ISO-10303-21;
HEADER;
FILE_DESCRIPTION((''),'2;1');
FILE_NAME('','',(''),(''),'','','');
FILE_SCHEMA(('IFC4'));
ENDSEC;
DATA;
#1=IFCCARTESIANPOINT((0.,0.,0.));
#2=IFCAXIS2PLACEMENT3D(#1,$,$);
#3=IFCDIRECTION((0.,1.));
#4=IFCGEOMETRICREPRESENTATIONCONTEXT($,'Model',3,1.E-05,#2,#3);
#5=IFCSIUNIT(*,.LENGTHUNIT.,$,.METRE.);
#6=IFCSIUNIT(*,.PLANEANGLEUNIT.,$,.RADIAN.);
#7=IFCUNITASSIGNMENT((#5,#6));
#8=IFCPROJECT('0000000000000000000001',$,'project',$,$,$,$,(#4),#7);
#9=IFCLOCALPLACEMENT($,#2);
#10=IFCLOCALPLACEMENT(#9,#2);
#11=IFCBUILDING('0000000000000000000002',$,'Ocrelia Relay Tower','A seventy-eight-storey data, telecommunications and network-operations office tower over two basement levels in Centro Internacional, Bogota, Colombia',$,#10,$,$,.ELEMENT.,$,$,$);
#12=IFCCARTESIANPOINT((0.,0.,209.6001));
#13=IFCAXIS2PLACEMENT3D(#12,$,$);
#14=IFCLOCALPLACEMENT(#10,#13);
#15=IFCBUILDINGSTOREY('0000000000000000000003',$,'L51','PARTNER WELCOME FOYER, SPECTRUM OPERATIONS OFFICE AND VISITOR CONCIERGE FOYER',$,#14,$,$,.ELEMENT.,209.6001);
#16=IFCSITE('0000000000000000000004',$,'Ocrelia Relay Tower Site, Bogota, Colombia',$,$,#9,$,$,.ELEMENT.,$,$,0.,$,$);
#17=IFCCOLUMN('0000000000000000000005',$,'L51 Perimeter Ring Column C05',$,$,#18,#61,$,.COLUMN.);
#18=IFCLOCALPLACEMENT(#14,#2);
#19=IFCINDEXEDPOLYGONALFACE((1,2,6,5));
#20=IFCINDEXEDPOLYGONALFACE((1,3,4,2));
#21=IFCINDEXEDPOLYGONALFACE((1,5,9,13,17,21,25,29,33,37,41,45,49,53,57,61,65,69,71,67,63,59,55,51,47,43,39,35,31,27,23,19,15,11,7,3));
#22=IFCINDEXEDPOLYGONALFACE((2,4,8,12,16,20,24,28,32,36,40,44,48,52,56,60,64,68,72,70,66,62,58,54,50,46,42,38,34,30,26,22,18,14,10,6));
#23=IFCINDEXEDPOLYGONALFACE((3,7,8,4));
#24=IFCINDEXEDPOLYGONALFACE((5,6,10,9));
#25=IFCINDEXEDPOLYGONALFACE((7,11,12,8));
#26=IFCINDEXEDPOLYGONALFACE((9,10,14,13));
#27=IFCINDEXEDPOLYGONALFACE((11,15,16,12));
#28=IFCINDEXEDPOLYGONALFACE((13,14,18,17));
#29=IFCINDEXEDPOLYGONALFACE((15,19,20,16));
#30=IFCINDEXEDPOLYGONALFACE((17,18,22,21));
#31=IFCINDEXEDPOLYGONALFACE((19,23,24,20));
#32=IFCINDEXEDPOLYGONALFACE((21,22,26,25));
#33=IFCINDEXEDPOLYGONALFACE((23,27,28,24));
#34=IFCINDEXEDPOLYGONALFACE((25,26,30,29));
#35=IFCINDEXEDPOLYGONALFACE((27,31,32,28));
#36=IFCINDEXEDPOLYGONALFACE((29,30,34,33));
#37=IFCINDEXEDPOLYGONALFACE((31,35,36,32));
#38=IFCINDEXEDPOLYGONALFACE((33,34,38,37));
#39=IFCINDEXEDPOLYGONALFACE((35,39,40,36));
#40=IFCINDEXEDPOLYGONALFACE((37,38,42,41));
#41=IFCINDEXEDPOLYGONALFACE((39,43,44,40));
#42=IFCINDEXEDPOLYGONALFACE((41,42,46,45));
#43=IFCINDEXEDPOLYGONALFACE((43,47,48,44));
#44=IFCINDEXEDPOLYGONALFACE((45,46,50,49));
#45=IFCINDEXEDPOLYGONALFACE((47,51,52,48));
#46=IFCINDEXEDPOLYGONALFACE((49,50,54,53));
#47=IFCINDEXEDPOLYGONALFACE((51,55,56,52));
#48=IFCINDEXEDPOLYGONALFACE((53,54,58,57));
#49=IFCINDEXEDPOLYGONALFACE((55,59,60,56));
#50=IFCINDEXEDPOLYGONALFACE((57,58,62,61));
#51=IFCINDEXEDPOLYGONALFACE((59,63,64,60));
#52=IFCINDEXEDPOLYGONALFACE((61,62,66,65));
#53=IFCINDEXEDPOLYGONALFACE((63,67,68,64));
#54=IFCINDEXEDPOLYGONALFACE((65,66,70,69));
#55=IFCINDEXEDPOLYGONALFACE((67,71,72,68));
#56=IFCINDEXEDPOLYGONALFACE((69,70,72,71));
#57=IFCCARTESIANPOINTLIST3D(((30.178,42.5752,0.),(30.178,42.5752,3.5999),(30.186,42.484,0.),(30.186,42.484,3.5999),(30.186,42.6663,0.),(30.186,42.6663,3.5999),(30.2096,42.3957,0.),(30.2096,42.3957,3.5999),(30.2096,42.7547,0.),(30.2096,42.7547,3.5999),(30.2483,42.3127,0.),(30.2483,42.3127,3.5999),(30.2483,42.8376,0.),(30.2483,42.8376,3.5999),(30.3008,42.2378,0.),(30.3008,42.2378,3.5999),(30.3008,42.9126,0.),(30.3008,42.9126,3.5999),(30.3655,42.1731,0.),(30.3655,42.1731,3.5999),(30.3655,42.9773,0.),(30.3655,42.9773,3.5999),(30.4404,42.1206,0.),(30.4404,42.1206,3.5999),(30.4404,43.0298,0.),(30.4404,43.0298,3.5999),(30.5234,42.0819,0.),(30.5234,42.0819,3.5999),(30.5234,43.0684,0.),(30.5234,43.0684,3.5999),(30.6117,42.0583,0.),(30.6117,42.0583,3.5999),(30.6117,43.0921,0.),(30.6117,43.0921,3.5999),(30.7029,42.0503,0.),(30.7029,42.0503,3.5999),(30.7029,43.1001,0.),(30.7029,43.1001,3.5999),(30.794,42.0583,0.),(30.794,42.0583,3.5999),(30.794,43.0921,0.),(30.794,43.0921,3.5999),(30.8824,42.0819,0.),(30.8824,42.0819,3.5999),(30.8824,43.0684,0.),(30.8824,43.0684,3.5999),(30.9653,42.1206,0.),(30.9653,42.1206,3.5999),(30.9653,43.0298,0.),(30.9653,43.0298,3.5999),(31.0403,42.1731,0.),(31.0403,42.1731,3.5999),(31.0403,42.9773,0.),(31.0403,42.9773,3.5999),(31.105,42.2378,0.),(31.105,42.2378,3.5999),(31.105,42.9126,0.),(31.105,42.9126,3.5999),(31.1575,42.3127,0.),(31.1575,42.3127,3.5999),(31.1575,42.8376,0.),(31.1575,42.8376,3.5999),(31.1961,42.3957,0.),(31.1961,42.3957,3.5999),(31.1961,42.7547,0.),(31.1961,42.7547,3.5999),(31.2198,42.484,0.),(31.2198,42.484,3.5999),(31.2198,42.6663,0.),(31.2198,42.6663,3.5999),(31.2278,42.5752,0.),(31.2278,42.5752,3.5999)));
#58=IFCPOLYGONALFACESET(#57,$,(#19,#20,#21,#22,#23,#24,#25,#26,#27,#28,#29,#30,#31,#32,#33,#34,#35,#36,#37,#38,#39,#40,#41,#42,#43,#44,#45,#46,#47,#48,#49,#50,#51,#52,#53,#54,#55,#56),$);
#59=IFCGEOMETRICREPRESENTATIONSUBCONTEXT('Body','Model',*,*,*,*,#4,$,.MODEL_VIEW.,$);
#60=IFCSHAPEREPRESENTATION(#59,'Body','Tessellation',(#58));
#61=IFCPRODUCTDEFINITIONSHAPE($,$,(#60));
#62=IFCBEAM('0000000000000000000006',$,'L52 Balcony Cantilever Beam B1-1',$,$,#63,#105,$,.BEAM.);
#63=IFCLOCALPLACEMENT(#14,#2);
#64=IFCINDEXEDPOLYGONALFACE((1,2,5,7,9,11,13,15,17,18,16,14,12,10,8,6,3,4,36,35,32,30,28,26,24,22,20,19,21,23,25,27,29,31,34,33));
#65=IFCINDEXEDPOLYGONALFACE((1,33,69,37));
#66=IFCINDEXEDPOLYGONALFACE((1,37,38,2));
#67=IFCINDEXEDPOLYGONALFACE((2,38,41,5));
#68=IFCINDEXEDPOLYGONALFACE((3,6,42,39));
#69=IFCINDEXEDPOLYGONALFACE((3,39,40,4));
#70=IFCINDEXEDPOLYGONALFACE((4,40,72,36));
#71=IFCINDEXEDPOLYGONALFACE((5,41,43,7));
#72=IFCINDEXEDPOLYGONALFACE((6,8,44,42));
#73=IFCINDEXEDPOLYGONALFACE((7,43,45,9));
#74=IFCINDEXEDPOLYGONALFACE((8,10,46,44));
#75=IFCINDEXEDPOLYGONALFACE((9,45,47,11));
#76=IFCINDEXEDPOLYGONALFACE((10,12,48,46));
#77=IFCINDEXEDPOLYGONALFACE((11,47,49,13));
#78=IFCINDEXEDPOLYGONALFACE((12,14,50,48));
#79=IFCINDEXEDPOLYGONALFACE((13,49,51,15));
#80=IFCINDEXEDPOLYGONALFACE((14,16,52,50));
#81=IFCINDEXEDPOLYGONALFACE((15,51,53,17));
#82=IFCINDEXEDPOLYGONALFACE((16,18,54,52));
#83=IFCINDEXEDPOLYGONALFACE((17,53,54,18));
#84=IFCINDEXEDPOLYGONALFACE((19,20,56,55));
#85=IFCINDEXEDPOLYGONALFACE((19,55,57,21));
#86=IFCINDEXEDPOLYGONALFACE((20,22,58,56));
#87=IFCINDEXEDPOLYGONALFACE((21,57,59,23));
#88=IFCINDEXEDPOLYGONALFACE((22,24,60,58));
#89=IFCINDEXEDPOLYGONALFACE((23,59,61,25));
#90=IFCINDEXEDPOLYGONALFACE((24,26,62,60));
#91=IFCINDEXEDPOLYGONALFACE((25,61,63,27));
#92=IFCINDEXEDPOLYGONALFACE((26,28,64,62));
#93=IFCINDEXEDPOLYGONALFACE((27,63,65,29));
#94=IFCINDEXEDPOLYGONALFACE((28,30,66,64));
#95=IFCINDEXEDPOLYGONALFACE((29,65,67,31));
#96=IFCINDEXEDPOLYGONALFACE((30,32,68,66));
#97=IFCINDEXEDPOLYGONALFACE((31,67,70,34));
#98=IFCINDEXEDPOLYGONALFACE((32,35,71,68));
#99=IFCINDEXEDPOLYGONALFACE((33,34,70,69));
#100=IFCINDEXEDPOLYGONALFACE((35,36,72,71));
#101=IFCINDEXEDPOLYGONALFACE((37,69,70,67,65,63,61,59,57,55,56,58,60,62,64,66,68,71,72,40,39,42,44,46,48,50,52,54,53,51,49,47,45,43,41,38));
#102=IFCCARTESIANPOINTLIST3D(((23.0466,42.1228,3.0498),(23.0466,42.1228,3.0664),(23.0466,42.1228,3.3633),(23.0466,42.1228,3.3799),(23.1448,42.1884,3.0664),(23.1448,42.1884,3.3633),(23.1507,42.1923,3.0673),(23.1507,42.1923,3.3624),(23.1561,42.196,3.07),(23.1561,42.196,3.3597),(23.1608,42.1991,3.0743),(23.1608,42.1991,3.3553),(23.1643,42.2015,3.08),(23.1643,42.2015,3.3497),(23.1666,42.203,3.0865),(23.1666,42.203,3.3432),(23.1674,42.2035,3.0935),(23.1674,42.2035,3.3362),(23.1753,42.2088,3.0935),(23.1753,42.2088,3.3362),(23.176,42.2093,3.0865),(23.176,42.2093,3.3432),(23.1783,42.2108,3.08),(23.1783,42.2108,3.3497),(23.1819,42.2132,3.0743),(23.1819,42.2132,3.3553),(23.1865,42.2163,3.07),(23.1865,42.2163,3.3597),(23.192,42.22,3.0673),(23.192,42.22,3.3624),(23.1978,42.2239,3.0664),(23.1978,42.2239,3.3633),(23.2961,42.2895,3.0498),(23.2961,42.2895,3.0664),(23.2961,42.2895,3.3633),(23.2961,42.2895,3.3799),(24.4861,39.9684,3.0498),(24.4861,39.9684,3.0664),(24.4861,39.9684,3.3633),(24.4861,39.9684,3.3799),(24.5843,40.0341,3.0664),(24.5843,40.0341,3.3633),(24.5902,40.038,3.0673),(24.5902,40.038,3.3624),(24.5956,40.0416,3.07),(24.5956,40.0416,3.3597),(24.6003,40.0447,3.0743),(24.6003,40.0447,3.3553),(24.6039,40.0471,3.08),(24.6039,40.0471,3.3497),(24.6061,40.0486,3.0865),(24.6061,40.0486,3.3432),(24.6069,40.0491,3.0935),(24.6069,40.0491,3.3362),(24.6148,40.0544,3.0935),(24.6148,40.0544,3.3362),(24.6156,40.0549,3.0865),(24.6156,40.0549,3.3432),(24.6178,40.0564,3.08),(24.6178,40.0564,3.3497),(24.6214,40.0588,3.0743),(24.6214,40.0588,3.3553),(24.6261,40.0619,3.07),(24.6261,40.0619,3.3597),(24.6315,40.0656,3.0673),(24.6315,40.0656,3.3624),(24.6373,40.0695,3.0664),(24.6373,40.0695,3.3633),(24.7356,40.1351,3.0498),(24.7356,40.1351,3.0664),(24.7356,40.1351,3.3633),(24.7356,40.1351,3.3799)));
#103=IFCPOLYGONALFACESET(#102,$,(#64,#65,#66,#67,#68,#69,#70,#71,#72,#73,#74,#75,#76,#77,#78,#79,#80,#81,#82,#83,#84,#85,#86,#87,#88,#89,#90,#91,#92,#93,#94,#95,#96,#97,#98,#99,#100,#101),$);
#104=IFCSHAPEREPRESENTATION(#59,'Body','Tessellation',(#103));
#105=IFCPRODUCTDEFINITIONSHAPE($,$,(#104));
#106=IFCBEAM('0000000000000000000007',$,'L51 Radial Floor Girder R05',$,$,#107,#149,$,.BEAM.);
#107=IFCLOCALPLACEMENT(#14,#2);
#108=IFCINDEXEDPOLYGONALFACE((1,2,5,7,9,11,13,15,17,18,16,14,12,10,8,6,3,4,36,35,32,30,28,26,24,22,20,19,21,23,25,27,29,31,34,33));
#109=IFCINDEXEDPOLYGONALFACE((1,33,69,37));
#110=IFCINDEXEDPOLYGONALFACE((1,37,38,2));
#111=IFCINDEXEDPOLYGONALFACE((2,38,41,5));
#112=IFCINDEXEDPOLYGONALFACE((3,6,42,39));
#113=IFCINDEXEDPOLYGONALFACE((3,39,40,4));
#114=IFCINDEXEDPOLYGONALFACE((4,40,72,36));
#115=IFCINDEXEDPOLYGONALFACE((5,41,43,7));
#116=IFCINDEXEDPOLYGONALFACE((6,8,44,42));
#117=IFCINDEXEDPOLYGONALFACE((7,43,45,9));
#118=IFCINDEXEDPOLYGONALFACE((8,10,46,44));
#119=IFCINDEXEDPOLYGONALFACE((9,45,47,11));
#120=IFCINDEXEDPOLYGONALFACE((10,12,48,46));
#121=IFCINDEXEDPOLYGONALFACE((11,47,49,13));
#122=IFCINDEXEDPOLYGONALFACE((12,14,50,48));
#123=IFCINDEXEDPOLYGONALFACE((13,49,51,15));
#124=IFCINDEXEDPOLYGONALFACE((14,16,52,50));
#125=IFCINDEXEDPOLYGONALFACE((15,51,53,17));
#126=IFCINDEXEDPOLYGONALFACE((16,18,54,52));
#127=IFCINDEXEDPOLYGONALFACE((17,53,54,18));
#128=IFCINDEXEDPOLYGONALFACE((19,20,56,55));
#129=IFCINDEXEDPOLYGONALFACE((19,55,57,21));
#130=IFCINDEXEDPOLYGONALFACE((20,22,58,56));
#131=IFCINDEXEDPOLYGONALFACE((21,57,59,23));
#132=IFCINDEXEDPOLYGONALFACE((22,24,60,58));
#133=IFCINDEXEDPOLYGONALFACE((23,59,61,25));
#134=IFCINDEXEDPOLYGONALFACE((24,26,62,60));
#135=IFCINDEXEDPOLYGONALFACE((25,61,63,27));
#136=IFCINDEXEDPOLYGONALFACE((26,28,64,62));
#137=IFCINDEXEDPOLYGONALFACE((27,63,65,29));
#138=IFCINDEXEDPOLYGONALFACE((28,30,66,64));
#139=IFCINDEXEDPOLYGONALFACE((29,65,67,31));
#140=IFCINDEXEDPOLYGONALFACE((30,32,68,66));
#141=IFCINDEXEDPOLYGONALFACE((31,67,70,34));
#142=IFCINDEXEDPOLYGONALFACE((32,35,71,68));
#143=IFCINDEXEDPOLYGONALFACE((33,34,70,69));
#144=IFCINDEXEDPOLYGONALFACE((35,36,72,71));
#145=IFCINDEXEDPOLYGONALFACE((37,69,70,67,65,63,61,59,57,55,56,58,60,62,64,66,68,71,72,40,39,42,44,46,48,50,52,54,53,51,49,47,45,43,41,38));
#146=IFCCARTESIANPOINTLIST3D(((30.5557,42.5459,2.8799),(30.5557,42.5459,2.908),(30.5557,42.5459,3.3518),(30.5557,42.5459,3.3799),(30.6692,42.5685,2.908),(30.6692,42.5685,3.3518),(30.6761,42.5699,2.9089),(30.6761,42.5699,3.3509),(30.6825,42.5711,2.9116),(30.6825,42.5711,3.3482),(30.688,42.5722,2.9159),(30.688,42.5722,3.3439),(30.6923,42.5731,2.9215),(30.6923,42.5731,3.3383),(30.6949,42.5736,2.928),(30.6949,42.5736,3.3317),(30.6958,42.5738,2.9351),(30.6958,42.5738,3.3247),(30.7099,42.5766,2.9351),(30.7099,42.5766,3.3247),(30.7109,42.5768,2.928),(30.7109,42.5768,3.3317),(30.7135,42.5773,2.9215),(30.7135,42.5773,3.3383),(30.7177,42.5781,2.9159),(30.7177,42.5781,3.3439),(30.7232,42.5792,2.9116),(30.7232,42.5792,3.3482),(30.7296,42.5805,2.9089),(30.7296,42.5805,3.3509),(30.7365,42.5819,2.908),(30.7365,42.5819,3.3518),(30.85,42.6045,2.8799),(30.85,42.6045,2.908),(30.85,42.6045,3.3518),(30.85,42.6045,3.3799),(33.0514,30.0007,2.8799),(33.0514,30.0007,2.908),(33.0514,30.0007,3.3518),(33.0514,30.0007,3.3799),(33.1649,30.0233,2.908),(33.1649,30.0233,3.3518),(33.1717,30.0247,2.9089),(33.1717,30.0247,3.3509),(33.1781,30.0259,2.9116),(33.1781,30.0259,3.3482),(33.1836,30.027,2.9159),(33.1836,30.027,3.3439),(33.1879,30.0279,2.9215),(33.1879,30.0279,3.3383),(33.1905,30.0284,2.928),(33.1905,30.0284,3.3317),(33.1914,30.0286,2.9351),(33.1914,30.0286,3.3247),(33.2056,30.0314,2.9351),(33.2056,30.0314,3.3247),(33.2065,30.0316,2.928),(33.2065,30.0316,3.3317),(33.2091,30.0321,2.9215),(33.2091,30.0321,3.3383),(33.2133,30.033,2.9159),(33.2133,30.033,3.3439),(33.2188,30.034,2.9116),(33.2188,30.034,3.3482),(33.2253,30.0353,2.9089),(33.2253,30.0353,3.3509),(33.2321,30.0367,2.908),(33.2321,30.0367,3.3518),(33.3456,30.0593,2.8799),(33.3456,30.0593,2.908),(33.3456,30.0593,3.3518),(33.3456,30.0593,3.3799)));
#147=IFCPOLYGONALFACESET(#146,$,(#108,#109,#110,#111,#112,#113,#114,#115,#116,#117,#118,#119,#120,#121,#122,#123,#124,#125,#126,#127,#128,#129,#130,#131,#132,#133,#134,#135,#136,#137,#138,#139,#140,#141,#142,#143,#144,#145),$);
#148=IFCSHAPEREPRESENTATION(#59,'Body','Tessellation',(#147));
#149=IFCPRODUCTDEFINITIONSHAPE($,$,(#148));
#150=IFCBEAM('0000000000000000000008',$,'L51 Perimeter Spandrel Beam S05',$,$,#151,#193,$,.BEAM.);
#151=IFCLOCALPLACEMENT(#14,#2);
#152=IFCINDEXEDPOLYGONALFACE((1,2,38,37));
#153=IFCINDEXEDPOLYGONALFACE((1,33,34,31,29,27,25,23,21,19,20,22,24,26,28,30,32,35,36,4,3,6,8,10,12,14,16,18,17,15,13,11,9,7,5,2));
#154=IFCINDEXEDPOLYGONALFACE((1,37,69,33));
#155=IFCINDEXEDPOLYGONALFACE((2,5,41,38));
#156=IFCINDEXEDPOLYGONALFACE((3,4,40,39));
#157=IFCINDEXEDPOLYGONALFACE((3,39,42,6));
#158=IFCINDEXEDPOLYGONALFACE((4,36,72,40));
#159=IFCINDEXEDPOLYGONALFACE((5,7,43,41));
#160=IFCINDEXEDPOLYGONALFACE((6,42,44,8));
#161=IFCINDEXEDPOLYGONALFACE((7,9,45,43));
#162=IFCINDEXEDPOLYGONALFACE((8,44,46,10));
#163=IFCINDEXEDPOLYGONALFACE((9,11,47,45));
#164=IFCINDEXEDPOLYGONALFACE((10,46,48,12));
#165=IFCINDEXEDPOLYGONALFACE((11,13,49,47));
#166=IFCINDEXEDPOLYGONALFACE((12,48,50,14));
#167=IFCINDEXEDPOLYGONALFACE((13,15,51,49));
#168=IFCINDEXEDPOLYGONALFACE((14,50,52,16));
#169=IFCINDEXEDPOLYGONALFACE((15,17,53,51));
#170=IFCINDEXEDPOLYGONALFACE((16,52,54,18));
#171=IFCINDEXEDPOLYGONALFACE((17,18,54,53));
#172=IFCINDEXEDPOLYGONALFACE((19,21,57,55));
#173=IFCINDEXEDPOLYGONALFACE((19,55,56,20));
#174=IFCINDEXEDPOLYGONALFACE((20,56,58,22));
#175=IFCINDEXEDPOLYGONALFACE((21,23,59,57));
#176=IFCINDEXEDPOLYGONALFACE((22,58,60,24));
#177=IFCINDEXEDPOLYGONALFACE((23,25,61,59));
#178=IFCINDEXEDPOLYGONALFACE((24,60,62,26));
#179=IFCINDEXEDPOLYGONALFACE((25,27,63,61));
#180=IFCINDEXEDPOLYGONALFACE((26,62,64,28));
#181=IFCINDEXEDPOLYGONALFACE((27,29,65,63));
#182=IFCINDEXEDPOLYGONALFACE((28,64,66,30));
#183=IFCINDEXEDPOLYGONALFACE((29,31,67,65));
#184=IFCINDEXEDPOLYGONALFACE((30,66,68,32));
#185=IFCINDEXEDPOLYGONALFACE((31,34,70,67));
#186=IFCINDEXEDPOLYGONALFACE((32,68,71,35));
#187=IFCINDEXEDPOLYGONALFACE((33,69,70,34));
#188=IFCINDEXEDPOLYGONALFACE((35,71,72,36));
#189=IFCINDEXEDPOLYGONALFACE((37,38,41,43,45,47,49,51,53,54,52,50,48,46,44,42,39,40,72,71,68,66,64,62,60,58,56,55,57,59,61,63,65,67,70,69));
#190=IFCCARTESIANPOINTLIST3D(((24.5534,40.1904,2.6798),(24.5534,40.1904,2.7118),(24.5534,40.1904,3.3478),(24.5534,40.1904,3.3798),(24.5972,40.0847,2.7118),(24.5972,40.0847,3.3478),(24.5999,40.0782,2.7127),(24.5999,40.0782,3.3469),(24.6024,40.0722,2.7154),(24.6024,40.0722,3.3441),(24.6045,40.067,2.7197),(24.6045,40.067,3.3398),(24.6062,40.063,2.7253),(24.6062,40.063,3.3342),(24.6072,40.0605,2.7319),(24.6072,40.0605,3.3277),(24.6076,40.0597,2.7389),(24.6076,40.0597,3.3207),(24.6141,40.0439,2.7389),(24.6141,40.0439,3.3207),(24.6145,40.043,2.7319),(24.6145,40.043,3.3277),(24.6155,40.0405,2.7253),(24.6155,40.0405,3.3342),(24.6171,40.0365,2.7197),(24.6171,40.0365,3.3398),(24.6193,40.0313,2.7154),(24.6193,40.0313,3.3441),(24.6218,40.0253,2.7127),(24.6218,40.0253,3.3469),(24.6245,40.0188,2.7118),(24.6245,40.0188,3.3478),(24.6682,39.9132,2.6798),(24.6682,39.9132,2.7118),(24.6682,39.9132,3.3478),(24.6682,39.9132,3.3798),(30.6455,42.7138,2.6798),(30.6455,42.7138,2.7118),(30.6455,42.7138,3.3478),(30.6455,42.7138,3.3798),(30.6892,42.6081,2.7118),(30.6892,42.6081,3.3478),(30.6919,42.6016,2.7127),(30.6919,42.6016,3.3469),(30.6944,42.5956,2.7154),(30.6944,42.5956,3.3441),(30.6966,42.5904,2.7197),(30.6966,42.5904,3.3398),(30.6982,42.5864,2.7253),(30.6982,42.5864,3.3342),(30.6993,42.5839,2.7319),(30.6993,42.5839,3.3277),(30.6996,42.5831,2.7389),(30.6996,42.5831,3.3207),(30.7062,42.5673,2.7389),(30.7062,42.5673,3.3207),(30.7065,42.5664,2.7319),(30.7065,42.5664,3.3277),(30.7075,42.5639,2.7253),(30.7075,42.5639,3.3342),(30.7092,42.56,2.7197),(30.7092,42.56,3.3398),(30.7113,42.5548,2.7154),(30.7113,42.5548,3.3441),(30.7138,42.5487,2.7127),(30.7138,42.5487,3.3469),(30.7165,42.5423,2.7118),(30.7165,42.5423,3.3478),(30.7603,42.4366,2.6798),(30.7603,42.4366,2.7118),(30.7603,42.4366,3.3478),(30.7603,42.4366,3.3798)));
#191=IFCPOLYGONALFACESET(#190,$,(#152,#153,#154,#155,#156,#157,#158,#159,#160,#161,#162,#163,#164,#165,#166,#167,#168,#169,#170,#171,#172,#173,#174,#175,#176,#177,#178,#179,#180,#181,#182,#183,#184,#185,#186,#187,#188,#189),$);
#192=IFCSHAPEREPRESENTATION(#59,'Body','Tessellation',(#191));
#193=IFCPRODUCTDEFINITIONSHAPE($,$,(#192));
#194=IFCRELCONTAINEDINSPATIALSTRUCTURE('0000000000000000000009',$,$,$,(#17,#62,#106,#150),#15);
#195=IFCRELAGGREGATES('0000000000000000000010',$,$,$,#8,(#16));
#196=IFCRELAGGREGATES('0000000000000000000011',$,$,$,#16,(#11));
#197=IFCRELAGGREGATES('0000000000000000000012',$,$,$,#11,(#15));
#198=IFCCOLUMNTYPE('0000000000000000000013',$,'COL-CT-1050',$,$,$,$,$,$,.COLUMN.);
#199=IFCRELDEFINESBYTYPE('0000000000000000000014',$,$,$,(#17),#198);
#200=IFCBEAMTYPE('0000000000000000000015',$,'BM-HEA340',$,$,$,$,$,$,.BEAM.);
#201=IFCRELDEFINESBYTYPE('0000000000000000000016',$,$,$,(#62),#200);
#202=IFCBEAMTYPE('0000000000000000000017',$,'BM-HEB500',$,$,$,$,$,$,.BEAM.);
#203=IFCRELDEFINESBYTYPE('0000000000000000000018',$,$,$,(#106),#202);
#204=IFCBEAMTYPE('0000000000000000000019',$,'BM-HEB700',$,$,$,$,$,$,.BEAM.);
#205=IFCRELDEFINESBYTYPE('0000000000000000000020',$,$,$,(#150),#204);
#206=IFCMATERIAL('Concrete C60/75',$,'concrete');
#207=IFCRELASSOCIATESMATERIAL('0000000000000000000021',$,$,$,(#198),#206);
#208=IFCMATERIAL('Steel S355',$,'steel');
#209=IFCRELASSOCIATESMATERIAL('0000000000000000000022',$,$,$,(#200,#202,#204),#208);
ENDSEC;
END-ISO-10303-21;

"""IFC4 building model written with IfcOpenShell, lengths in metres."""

from ifc_helpers import new_model, si_unit, direction, frame, origin, origin_2d, place, context, subcontext, project, spatial, circle, i_section, extrude, material, material_profile, profile_set, type_object, element, save


model = new_model("IFC4")

# Units and contexts
model_context = context("Model", 3, precision=1e-05, world=origin(), true_north=direction((0.0, 1.0)))
body_context = subcontext(model_context, "Body", "Model", "MODEL_VIEW")
ifc_project = project(units=[si_unit("LENGTHUNIT", "METRE"), si_unit("PLANEANGLEUNIT", "RADIAN")], contexts=[model_context])

# Site, building, storey
site_placement = place(None, origin())
site = spatial("IfcSite", under=ifc_project, at=site_placement, Name="Ocrelia Relay Tower Site, Bogota, Colombia", CompositionType="ELEMENT", RefElevation=0.0)
building_placement = place(site_placement, origin())
building = spatial("IfcBuilding", under=site, at=building_placement, Name="Ocrelia Relay Tower", Description="A seventy-eight-storey data, telecommunications and network-operations office tower over two basement levels in Centro Internacional, Bogota, Colombia", CompositionType="ELEMENT")
storey_placement = place(building_placement, frame((0.0, 0.0, 209.6001)))
storey = spatial("IfcBuildingStorey", under=building, at=storey_placement, Name="L51", Description="PARTNER WELCOME FOYER, SPECTRUM OPERATIONS OFFICE AND VISITOR CONCIERGE FOYER", CompositionType="ELEMENT", Elevation=209.6001)

# Column
ifc_material_1 = material(Name="Concrete C60/75", Category="concrete")
ifc_material_profile_1 = material_profile(ifc_material_1, circle(Radius=0.5249, at=origin_2d()), Name="RC-CIR-1050")
ifc_profile_set_1 = profile_set([ifc_material_profile_1], Name="Concrete C60/75")
column_type = type_object("IfcColumnType", Name="COL-CT-1050", PredefinedType="COLUMN", material=ifc_profile_set_1)
column_placement = place(storey_placement, frame((30.7029, 42.5752, 0.0), z_axis=(0.0, 0.0, 1.0), x_axis=(1.0, 0.0, 0.0)))
element("IfcColumn", 1, at=column_placement, inside=storey, type_object=column_type, Name="L51 Perimeter Ring Column C05", PredefinedType="COLUMN", context=body_context, shape_type="SweptSolid", body=[
    extrude(circle(Radius=0.5249, at=origin_2d()), origin(), (0.0, 0.0, 1.0), 3.5999),
])

# Beams
ifc_material_2 = material(Name="Steel S355", Category="steel")
ifc_material_profile_2 = material_profile(ifc_material_2, i_section(OverallWidth=0.3, OverallDepth=0.3301, WebThickness=0.0095, FlangeThickness=0.0166, FilletRadius=0.0271, at=origin_2d()), Name="HEA 340")
ifc_profile_set_2 = profile_set([ifc_material_profile_2], Name="Steel S355")
beam_type_1 = type_object("IfcBeamType", Name="BM-HEA340", PredefinedType="BEAM", material=ifc_profile_set_2)
beam_1_placement = place(storey_placement, frame((24.6108, 40.0518, 3.2148), z_axis=(-0.55557, 0.83147, 0.0), x_axis=(-0.83147, -0.55557, 0.0)))
element("IfcBeam", 2, at=beam_1_placement, inside=storey, type_object=beam_type_1, Name="L52 Balcony Cantilever Beam B1-1", PredefinedType="BEAM", context=body_context, shape_type="SweptSolid", body=[
    extrude(i_section(OverallWidth=0.3, OverallDepth=0.3301, WebThickness=0.0095, FlangeThickness=0.0166, FilletRadius=0.0271, at=origin_2d()), origin(), (0.0, 0.0, 1.0), 2.5911),
])
ifc_material_profile_3 = material_profile(ifc_material_2, i_section(OverallWidth=0.3, OverallDepth=0.5, WebThickness=0.0144, FlangeThickness=0.0281, FilletRadius=0.0271, at=origin_2d()), Name="HEB 500")
ifc_profile_set_3 = profile_set([ifc_material_profile_3], Name="Steel S355")
beam_type_2 = type_object("IfcBeamType", Name="BM-HEB500", PredefinedType="BEAM", material=ifc_profile_set_3)
beam_2_placement = place(storey_placement, frame((30.7029, 42.5752, 3.1299), z_axis=(0.195107, -0.980782, 0.0), x_axis=(0.980782, 0.195107, 0.0)))
element("IfcBeam", 3, at=beam_2_placement, inside=storey, type_object=beam_type_2, Name="L51 Radial Floor Girder R05", PredefinedType="BEAM", context=body_context, shape_type="SweptSolid", body=[
    extrude(i_section(OverallWidth=0.3, OverallDepth=0.5, WebThickness=0.0144, FlangeThickness=0.0281, FilletRadius=0.0271, at=origin_2d()), origin(), (0.0, 0.0, 1.0), 12.791),
])
ifc_material_profile_4 = material_profile(ifc_material_2, i_section(OverallWidth=0.3, OverallDepth=0.7, WebThickness=0.0171, FlangeThickness=0.032, FilletRadius=0.0271, at=origin_2d()), Name="HEB 700")
ifc_profile_set_4 = profile_set([ifc_material_profile_4], Name="Steel S355")
beam_type_3 = type_object("IfcBeamType", Name="BM-HEB700", PredefinedType="BEAM", material=ifc_profile_set_4)
beam_3_placement = place(storey_placement, frame((30.7029, 42.5752, 3.0298), z_axis=(-0.923878, -0.382688, 0.0), x_axis=(0.382688, -0.923878, 0.0)))
element("IfcBeam", 4, at=beam_3_placement, inside=storey, type_object=beam_type_3, Name="L51 Perimeter Spandrel Beam S05", PredefinedType="BEAM", context=body_context, shape_type="SweptSolid", body=[
    extrude(i_section(OverallWidth=0.3, OverallDepth=0.7, WebThickness=0.0171, FlangeThickness=0.032, FilletRadius=0.0271, at=origin_2d()), origin(), (0.0, 0.0, 1.0), 6.594),
])

save(model, "model.ifc")
